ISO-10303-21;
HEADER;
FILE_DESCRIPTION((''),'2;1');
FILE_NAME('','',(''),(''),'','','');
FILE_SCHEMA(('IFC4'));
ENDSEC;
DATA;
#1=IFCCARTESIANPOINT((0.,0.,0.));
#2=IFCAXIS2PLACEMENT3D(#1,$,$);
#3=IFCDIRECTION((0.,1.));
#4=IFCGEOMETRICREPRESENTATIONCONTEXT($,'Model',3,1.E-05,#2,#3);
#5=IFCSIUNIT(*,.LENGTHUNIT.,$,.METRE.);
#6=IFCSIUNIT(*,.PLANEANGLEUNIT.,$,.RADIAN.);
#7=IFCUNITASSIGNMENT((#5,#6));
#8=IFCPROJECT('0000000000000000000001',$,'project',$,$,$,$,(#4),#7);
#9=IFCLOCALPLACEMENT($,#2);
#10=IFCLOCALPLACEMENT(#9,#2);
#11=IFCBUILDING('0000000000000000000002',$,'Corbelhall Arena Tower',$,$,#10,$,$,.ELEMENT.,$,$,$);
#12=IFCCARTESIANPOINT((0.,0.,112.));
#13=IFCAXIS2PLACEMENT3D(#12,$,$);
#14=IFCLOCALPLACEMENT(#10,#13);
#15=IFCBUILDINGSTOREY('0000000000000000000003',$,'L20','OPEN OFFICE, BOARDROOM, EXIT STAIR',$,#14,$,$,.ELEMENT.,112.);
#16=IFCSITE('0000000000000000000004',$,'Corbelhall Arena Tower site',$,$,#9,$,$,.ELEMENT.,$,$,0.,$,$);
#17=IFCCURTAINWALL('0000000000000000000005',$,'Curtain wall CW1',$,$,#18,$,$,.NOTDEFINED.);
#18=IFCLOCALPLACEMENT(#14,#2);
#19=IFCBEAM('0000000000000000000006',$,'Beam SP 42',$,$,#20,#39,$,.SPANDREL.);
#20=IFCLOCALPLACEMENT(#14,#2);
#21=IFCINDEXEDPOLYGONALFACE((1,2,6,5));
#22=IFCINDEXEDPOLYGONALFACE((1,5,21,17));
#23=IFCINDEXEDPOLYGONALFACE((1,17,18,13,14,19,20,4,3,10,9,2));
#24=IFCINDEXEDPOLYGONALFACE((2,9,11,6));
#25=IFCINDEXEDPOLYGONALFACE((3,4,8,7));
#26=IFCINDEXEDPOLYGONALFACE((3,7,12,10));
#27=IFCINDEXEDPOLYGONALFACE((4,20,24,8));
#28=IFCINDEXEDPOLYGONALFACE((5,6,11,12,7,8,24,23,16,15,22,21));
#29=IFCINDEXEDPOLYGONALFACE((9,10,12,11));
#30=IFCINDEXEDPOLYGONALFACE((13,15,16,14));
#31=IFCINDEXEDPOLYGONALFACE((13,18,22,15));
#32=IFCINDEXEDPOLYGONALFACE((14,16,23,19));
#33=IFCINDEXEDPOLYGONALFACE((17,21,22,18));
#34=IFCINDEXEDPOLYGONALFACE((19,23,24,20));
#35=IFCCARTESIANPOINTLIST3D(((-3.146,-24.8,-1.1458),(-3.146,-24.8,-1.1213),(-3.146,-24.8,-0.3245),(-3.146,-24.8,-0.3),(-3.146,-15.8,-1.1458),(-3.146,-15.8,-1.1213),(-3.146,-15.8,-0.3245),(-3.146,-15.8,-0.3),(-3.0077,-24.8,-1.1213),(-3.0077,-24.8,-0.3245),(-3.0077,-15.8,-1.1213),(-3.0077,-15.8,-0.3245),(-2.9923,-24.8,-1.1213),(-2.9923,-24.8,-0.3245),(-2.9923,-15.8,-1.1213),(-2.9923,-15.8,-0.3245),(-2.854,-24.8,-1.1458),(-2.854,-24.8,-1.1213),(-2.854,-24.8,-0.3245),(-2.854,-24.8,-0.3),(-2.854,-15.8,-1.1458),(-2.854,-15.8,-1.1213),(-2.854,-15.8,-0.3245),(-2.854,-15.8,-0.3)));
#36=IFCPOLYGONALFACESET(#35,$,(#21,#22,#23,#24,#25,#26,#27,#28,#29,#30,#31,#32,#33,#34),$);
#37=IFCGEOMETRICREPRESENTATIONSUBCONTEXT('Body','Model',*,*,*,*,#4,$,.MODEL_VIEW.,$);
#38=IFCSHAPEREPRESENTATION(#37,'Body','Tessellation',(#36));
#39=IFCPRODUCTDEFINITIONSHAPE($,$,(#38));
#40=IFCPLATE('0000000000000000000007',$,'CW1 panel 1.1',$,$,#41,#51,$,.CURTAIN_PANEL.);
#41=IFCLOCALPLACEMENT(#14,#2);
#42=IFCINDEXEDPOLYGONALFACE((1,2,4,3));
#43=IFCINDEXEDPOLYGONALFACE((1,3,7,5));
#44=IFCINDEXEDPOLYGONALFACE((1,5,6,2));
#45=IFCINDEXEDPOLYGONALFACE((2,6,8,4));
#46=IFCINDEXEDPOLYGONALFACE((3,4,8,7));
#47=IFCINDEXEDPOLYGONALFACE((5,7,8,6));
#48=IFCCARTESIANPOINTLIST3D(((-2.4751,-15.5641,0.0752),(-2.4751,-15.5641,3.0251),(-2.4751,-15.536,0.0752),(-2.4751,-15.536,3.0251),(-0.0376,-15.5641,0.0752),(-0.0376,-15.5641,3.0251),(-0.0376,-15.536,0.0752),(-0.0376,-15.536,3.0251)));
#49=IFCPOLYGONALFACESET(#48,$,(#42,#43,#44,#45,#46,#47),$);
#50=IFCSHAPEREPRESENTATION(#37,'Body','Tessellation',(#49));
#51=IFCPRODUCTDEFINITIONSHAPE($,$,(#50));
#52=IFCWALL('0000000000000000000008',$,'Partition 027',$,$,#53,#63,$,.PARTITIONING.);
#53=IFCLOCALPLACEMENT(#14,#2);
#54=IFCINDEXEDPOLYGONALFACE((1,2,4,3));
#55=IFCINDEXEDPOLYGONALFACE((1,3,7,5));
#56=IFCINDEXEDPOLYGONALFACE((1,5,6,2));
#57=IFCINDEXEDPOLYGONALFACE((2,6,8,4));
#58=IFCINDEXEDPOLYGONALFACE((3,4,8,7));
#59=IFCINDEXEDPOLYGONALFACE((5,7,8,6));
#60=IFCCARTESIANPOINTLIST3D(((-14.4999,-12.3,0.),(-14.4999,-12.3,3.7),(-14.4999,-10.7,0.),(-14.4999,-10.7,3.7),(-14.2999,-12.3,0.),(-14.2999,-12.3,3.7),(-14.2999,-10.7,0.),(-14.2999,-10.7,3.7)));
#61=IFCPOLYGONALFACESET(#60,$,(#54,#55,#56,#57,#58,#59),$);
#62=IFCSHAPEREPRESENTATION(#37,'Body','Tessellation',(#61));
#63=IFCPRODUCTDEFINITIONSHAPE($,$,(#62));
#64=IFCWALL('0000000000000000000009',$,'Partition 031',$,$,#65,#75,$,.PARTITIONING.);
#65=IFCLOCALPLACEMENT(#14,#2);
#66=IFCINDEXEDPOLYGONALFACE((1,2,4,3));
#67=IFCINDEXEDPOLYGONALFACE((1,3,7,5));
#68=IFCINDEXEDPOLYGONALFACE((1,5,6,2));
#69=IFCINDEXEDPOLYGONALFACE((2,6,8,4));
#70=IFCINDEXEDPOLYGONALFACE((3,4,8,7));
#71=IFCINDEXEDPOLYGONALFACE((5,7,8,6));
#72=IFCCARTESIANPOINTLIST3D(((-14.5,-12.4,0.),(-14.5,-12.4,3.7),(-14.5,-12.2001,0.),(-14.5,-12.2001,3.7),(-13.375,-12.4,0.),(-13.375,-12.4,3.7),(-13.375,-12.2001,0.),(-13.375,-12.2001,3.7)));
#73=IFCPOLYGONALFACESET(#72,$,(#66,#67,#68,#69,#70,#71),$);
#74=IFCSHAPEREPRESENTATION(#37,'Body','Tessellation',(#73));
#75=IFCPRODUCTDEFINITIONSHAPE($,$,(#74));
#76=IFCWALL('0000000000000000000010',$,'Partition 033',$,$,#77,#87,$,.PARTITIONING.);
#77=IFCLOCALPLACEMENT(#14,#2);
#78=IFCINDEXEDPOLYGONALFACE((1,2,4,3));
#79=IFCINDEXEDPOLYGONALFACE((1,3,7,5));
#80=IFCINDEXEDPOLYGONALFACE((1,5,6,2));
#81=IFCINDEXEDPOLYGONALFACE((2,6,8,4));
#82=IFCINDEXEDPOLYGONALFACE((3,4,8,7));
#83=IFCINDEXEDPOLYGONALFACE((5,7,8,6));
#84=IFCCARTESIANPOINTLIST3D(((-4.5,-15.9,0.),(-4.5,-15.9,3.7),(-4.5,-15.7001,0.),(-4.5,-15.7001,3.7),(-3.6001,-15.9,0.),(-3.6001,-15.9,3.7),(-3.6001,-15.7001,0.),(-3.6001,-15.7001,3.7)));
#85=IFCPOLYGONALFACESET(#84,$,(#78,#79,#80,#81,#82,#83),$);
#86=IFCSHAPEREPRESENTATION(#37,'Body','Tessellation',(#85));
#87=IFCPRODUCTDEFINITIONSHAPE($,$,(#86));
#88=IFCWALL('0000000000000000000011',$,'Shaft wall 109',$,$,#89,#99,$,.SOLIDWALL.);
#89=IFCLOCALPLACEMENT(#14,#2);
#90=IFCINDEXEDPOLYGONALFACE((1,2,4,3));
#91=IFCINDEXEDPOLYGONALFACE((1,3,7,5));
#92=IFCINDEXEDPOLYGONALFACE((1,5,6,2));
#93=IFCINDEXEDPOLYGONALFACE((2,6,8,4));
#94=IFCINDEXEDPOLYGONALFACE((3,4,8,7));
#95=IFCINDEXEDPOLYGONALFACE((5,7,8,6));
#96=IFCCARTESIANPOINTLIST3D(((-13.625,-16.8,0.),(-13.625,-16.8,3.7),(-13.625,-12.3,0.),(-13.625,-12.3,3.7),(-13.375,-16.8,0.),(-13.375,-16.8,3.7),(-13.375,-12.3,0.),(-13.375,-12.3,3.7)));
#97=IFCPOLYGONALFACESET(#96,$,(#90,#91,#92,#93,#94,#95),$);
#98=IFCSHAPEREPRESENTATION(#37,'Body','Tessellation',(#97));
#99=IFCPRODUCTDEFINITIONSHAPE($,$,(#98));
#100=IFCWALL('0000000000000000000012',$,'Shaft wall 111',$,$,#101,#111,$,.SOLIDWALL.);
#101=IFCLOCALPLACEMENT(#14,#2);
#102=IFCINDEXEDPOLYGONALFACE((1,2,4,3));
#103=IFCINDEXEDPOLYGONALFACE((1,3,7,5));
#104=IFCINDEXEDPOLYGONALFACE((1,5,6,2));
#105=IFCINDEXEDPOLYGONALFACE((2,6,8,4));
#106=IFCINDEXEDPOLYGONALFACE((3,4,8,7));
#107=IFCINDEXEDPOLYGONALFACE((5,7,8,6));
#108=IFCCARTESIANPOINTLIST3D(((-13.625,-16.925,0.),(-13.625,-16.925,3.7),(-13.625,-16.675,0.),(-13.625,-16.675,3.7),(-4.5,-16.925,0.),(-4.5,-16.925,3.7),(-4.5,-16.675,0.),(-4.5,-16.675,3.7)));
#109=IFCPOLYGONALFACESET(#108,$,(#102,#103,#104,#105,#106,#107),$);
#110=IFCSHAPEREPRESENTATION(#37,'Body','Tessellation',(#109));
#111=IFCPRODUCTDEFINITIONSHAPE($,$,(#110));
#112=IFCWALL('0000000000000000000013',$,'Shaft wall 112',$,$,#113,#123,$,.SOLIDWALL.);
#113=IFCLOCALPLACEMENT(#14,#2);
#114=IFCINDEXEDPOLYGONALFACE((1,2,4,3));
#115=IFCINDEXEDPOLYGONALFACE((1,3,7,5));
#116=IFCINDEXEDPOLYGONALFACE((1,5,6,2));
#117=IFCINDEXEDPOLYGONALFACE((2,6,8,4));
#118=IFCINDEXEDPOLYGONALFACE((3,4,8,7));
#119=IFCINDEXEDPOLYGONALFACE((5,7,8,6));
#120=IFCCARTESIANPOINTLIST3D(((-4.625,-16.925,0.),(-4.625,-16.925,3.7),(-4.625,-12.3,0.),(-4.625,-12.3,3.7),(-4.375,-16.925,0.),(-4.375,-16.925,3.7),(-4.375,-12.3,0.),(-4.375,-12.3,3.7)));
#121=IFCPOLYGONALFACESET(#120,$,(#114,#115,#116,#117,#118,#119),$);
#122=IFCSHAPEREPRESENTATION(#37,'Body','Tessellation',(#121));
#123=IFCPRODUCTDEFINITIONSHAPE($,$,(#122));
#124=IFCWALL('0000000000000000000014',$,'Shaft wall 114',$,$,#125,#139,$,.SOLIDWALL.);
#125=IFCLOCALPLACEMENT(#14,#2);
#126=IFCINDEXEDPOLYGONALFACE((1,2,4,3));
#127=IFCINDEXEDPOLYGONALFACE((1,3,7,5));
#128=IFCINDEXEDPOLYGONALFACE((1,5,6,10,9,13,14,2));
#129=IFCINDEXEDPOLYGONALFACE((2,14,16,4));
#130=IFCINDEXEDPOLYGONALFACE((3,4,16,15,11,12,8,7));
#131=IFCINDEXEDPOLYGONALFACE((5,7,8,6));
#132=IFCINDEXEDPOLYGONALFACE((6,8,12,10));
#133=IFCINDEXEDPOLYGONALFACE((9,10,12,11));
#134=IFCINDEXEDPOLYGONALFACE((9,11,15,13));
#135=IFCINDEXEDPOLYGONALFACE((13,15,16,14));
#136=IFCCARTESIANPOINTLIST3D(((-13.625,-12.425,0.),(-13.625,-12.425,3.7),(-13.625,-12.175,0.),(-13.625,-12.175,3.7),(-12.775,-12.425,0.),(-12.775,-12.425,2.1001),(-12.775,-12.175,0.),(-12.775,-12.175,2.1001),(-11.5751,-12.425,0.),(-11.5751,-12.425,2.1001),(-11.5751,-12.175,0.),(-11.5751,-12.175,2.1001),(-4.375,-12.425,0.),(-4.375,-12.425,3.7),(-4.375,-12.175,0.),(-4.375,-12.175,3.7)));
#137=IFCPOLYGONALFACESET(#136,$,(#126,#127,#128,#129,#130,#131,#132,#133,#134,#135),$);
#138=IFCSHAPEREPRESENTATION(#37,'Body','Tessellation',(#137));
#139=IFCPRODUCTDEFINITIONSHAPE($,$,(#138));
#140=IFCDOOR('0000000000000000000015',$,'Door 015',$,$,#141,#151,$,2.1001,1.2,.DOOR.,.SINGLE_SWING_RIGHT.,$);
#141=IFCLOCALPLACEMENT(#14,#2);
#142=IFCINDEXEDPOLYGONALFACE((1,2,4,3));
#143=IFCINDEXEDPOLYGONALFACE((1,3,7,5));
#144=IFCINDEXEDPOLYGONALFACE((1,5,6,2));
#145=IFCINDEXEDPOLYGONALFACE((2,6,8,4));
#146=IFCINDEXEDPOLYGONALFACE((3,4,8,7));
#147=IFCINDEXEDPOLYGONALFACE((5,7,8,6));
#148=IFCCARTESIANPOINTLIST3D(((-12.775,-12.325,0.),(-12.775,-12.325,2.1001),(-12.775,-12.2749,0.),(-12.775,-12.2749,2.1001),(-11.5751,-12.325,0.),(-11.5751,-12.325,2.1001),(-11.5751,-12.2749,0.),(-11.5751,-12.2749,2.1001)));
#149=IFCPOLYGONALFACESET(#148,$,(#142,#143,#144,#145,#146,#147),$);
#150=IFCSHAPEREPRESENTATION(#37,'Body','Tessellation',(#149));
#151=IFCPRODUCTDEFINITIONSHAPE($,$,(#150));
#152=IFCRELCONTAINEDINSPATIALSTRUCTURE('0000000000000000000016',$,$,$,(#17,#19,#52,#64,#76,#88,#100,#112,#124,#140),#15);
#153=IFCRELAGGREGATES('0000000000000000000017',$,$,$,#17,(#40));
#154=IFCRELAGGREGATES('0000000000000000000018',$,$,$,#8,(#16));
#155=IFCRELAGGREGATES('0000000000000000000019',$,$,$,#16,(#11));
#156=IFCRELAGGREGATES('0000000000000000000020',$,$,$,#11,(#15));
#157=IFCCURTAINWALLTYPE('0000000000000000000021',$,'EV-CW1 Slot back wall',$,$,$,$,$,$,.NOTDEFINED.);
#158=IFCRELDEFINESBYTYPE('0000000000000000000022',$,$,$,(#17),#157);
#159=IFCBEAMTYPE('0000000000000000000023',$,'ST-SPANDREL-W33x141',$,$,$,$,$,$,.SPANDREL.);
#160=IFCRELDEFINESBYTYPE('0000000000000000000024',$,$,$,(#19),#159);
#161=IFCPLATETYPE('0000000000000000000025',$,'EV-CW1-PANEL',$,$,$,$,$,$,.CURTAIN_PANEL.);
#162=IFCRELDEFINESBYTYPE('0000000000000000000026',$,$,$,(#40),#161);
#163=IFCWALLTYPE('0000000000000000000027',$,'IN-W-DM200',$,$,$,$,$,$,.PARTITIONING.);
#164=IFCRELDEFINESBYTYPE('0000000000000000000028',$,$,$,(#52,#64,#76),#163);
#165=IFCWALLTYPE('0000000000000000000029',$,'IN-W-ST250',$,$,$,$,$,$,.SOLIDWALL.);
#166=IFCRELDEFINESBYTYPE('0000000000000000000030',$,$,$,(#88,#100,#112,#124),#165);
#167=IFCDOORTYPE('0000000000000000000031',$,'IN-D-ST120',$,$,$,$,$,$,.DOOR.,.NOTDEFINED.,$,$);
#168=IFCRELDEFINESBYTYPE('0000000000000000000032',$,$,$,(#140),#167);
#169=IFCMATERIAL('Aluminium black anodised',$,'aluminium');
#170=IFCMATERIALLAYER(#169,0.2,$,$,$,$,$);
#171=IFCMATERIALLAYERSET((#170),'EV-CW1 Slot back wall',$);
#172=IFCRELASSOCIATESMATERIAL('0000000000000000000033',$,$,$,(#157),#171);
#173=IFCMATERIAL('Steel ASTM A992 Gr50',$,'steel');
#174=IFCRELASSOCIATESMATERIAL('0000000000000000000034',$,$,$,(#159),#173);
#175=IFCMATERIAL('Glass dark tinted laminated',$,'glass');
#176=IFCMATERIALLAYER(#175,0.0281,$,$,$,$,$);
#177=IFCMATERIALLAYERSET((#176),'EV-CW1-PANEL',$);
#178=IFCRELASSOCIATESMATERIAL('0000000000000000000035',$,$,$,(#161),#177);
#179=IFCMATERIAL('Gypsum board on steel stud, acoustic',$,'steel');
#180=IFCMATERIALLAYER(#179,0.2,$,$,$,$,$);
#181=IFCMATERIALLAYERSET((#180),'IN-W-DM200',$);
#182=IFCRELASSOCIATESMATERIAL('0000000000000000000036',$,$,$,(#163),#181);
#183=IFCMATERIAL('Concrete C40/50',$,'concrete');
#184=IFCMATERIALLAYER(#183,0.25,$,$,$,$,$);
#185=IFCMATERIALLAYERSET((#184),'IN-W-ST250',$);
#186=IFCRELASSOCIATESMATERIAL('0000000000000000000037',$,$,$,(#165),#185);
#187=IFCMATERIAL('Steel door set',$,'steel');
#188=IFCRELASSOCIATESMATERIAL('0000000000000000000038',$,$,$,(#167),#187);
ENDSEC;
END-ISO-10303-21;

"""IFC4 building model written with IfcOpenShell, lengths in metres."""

from ifc_helpers import new_model, si_unit, direction, frame, frame_2d, origin, origin_2d, place, context, subcontext, project, spatial, rectangle, i_section, extrude, material, layer, layer_set, material_profile, profile_set, type_object, element, fill, aggregate, save


model = new_model("IFC4")

# Units and contexts
model_context = context("Model", 3, precision=1e-05, world=origin(), true_north=direction((0.0, 1.0)))
body_context = subcontext(model_context, "Body", "Model", "MODEL_VIEW")
ifc_project = project(units=[si_unit("LENGTHUNIT", "METRE"), si_unit("PLANEANGLEUNIT", "RADIAN")], contexts=[model_context])

# Site, building, storey
site_placement = place(None, origin())
site = spatial("IfcSite", under=ifc_project, at=site_placement, Name="Corbelhall Arena Tower site", CompositionType="ELEMENT", RefElevation=0.0)
building_placement = place(site_placement, origin())
building = spatial("IfcBuilding", under=site, at=building_placement, Name="Corbelhall Arena Tower", CompositionType="ELEMENT")
storey_placement = place(building_placement, frame((0.0, 0.0, 112.0)))
storey = spatial("IfcBuildingStorey", under=building, at=storey_placement, Name="L20", Description="OPEN OFFICE, BOARDROOM, EXIT STAIR", CompositionType="ELEMENT", Elevation=112.0)

# Curtain wall
ifc_material_1 = material(Name="Aluminium black anodised", Category="aluminium")
ifc_layer_1 = layer(ifc_material_1, 0.2)
ifc_layer_set_1 = layer_set([ifc_layer_1], Name="EV-CW1 Slot back wall")
curtain_wall_type = type_object("IfcCurtainWallType", Name="EV-CW1 Slot back wall", PredefinedType="NOTDEFINED", material=ifc_layer_set_1)
curtain_wall_placement = place(storey_placement, origin())
curtain_wall = element("IfcCurtainWall", 1, at=curtain_wall_placement, inside=storey, type_object=curtain_wall_type, Name="Curtain wall CW1", PredefinedType="NOTDEFINED")

# Beam
ifc_material_2 = material(Name="Steel ASTM A992 Gr50", Category="steel")
ifc_material_profile_1 = material_profile(ifc_material_2, i_section(OverallWidth=0.292, OverallDepth=0.8457, WebThickness=0.0154, FlangeThickness=0.0244, at=origin_2d()))
ifc_profile_set_1 = profile_set([ifc_material_profile_1], Name="Steel ASTM A992 Gr50")
beam_type_1 = type_object("IfcBeamType", Name="ST-SPANDREL-W33x141", PredefinedType="SPANDREL", material=ifc_profile_set_1)
beam_1_placement = place(storey_placement, frame((-3.0, -15.8, -0.7229), z_axis=(0.0, -1.0, 0.0), x_axis=(1.0, 0.0, 0.0)))
element("IfcBeam", 2, at=beam_1_placement, inside=storey, type_object=beam_type_1, Name="Beam SP 42", PredefinedType="SPANDREL", context=body_context, shape_type="SweptSolid", body=[
    extrude(i_section(OverallWidth=0.292, OverallDepth=0.8457, WebThickness=0.0154, FlangeThickness=0.0244, at=origin_2d()), origin(), (0.0, 0.0, 1.0), 9.0),
])

# Plate
ifc_material_3 = material(Name="Glass dark tinted laminated", Category="glass")
ifc_layer_2 = layer(ifc_material_3, 0.0281)
ifc_layer_set_2 = layer_set([ifc_layer_2], Name="EV-CW1-PANEL")
plate_type = type_object("IfcPlateType", Name="EV-CW1-PANEL", PredefinedType="CURTAIN_PANEL", material=ifc_layer_set_2)
plate_placement = place(storey_placement, frame((-1.2563, -15.55, 0.0752), z_axis=(0.0, 0.0, 1.0), x_axis=(1.0, 0.0, 0.0)))
plate = element("IfcPlate", 3, at=plate_placement, type_object=plate_type, Name="CW1 panel 1.1", PredefinedType="CURTAIN_PANEL", context=body_context, shape_type="SweptSolid", body=[
    extrude(rectangle(XDim=2.4375, YDim=0.0281, at=origin_2d()), origin(), (0.0, 0.0, 1.0), 2.95),
])
aggregate(curtain_wall, [plate])

# Walls
ifc_material_4 = material(Name="Gypsum board on steel stud, acoustic", Category="steel")
ifc_layer_3 = layer(ifc_material_4, 0.2)
ifc_layer_set_3 = layer_set([ifc_layer_3], Name="IN-W-DM200")
wall_type_1 = type_object("IfcWallType", Name="IN-W-DM200", PredefinedType="PARTITIONING", material=ifc_layer_set_3)
wall_1_placement = place(storey_placement, frame((-14.3999, -12.3, 0.0), z_axis=(0.0, 0.0, 1.0), x_axis=(0.0, 1.0, 0.0)))
element("IfcWall", 4, at=wall_1_placement, inside=storey, type_object=wall_type_1, Name="Partition 027", PredefinedType="PARTITIONING", context=body_context, shape_type="SweptSolid", body=[
    extrude(rectangle(XDim=1.6001, YDim=0.2, at=frame_2d((0.8, 0.0))), origin(), (0.0, 0.0, 1.0), 3.7),
])
wall_2_placement = place(storey_placement, frame((-13.375, -12.3, 0.0), z_axis=(0.0, 0.0, 1.0), x_axis=(-1.0, 0.0, 0.0)))
element("IfcWall", 5, at=wall_2_placement, inside=storey, type_object=wall_type_1, Name="Partition 031", PredefinedType="PARTITIONING", context=body_context, shape_type="SweptSolid", body=[
    extrude(rectangle(XDim=1.125, YDim=0.2, at=frame_2d((0.5625, 0.0))), origin(), (0.0, 0.0, 1.0), 3.7),
])
wall_3_placement = place(storey_placement, frame((-3.6001, -15.8, 0.0), z_axis=(0.0, 0.0, 1.0), x_axis=(-1.0, 0.0, 0.0)))
element("IfcWall", 6, at=wall_3_placement, inside=storey, type_object=wall_type_1, Name="Partition 033", PredefinedType="PARTITIONING", context=body_context, shape_type="SweptSolid", body=[
    extrude(rectangle(XDim=0.8999, YDim=0.2, at=frame_2d((0.45, 0.0))), origin(), (0.0, 0.0, 1.0), 3.7),
])
ifc_material_5 = material(Name="Concrete C40/50", Category="concrete")
ifc_layer_4 = layer(ifc_material_5, 0.25)
ifc_layer_set_4 = layer_set([ifc_layer_4], Name="IN-W-ST250")
wall_type_2 = type_object("IfcWallType", Name="IN-W-ST250", PredefinedType="SOLIDWALL", material=ifc_layer_set_4)
wall_4_placement = place(storey_placement, frame((-13.5, -16.8, 0.0), z_axis=(0.0, 0.0, 1.0), x_axis=(0.0, 1.0, 0.0)))
element("IfcWall", 7, at=wall_4_placement, inside=storey, type_object=wall_type_2, Name="Shaft wall 109", PredefinedType="SOLIDWALL", context=body_context, shape_type="SweptSolid", body=[
    extrude(rectangle(XDim=4.5, YDim=0.25, at=frame_2d((2.25, 0.0))), origin(), (0.0, 0.0, 1.0), 3.7),
])
wall_5_placement = place(storey_placement, frame((-4.5, -16.8, 0.0), z_axis=(0.0, 0.0, 1.0), x_axis=(-1.0, 0.0, 0.0)))
element("IfcWall", 8, at=wall_5_placement, inside=storey, type_object=wall_type_2, Name="Shaft wall 111", PredefinedType="SOLIDWALL", context=body_context, shape_type="SweptSolid", body=[
    extrude(rectangle(XDim=9.125, YDim=0.25, at=frame_2d((4.5625, 0.0))), origin(), (0.0, 0.0, 1.0), 3.7),
])
wall_6_placement = place(storey_placement, frame((-4.5, -12.3, 0.0), z_axis=(0.0, 0.0, 1.0), x_axis=(0.0, -1.0, 0.0)))
element("IfcWall", 9, at=wall_6_placement, inside=storey, type_object=wall_type_2, Name="Shaft wall 112", PredefinedType="SOLIDWALL", context=body_context, shape_type="SweptSolid", body=[
    extrude(rectangle(XDim=4.625, YDim=0.25, at=frame_2d((2.3125, 0.0))), origin(), (0.0, 0.0, 1.0), 3.7),
])

# Wall, opening, door
wall_7_placement = place(storey_placement, frame((-4.375, -12.3, 0.0), z_axis=(0.0, 0.0, 1.0), x_axis=(-1.0, 0.0, 0.0)))
wall_7 = element("IfcWall", 10, at=wall_7_placement, inside=storey, type_object=wall_type_2, Name="Shaft wall 114", PredefinedType="SOLIDWALL", context=body_context, shape_type="SweptSolid", body=[
    extrude(rectangle(XDim=9.25, YDim=0.25, at=frame_2d((4.625, 0.0))), origin(), (0.0, 0.0, 1.0), 3.7),
])
opening_1_placement = place(wall_7_placement, frame((7.2, 0.0, 0.0)))
opening_1 = element("IfcOpeningElement", 11, at=opening_1_placement, cuts=wall_7, PredefinedType="OPENING", context=body_context, shape_type="SweptSolid", body=[
    extrude(rectangle(XDim=1.2, YDim=2.1001, at=frame_2d((0.6001, 1.05))), frame((0.0, 0.125, 0.0), z_axis=(0.0, -1.0, 0.0), x_axis=(1.0, 0.0, 0.0)), (0.0, 0.0, 1.0), 0.25),
])
ifc_material_6 = material(Name="Steel door set", Category="steel")
door_type = type_object("IfcDoorType", Name="IN-D-ST120", OperationType="NOTDEFINED", PredefinedType="DOOR", material=ifc_material_6)
door_placement = place(opening_1_placement, origin())
door = element("IfcDoor", 12, at=door_placement, inside=storey, type_object=door_type, Name="Door 015", OperationType="SINGLE_SWING_RIGHT", OverallHeight=2.1001, OverallWidth=1.2, PredefinedType="DOOR", context=body_context, shape_type="SweptSolid", body=[
    extrude(rectangle(XDim=1.2, YDim=2.1001, at=frame_2d((0.6001, 1.05))), frame((0.0, 0.0249, 0.0), z_axis=(0.0, -1.0, 0.0), x_axis=(1.0, 0.0, 0.0)), (0.0, 0.0, 1.0), 0.05),
])
fill(opening_1, door)

save(model, "model.ifc")
